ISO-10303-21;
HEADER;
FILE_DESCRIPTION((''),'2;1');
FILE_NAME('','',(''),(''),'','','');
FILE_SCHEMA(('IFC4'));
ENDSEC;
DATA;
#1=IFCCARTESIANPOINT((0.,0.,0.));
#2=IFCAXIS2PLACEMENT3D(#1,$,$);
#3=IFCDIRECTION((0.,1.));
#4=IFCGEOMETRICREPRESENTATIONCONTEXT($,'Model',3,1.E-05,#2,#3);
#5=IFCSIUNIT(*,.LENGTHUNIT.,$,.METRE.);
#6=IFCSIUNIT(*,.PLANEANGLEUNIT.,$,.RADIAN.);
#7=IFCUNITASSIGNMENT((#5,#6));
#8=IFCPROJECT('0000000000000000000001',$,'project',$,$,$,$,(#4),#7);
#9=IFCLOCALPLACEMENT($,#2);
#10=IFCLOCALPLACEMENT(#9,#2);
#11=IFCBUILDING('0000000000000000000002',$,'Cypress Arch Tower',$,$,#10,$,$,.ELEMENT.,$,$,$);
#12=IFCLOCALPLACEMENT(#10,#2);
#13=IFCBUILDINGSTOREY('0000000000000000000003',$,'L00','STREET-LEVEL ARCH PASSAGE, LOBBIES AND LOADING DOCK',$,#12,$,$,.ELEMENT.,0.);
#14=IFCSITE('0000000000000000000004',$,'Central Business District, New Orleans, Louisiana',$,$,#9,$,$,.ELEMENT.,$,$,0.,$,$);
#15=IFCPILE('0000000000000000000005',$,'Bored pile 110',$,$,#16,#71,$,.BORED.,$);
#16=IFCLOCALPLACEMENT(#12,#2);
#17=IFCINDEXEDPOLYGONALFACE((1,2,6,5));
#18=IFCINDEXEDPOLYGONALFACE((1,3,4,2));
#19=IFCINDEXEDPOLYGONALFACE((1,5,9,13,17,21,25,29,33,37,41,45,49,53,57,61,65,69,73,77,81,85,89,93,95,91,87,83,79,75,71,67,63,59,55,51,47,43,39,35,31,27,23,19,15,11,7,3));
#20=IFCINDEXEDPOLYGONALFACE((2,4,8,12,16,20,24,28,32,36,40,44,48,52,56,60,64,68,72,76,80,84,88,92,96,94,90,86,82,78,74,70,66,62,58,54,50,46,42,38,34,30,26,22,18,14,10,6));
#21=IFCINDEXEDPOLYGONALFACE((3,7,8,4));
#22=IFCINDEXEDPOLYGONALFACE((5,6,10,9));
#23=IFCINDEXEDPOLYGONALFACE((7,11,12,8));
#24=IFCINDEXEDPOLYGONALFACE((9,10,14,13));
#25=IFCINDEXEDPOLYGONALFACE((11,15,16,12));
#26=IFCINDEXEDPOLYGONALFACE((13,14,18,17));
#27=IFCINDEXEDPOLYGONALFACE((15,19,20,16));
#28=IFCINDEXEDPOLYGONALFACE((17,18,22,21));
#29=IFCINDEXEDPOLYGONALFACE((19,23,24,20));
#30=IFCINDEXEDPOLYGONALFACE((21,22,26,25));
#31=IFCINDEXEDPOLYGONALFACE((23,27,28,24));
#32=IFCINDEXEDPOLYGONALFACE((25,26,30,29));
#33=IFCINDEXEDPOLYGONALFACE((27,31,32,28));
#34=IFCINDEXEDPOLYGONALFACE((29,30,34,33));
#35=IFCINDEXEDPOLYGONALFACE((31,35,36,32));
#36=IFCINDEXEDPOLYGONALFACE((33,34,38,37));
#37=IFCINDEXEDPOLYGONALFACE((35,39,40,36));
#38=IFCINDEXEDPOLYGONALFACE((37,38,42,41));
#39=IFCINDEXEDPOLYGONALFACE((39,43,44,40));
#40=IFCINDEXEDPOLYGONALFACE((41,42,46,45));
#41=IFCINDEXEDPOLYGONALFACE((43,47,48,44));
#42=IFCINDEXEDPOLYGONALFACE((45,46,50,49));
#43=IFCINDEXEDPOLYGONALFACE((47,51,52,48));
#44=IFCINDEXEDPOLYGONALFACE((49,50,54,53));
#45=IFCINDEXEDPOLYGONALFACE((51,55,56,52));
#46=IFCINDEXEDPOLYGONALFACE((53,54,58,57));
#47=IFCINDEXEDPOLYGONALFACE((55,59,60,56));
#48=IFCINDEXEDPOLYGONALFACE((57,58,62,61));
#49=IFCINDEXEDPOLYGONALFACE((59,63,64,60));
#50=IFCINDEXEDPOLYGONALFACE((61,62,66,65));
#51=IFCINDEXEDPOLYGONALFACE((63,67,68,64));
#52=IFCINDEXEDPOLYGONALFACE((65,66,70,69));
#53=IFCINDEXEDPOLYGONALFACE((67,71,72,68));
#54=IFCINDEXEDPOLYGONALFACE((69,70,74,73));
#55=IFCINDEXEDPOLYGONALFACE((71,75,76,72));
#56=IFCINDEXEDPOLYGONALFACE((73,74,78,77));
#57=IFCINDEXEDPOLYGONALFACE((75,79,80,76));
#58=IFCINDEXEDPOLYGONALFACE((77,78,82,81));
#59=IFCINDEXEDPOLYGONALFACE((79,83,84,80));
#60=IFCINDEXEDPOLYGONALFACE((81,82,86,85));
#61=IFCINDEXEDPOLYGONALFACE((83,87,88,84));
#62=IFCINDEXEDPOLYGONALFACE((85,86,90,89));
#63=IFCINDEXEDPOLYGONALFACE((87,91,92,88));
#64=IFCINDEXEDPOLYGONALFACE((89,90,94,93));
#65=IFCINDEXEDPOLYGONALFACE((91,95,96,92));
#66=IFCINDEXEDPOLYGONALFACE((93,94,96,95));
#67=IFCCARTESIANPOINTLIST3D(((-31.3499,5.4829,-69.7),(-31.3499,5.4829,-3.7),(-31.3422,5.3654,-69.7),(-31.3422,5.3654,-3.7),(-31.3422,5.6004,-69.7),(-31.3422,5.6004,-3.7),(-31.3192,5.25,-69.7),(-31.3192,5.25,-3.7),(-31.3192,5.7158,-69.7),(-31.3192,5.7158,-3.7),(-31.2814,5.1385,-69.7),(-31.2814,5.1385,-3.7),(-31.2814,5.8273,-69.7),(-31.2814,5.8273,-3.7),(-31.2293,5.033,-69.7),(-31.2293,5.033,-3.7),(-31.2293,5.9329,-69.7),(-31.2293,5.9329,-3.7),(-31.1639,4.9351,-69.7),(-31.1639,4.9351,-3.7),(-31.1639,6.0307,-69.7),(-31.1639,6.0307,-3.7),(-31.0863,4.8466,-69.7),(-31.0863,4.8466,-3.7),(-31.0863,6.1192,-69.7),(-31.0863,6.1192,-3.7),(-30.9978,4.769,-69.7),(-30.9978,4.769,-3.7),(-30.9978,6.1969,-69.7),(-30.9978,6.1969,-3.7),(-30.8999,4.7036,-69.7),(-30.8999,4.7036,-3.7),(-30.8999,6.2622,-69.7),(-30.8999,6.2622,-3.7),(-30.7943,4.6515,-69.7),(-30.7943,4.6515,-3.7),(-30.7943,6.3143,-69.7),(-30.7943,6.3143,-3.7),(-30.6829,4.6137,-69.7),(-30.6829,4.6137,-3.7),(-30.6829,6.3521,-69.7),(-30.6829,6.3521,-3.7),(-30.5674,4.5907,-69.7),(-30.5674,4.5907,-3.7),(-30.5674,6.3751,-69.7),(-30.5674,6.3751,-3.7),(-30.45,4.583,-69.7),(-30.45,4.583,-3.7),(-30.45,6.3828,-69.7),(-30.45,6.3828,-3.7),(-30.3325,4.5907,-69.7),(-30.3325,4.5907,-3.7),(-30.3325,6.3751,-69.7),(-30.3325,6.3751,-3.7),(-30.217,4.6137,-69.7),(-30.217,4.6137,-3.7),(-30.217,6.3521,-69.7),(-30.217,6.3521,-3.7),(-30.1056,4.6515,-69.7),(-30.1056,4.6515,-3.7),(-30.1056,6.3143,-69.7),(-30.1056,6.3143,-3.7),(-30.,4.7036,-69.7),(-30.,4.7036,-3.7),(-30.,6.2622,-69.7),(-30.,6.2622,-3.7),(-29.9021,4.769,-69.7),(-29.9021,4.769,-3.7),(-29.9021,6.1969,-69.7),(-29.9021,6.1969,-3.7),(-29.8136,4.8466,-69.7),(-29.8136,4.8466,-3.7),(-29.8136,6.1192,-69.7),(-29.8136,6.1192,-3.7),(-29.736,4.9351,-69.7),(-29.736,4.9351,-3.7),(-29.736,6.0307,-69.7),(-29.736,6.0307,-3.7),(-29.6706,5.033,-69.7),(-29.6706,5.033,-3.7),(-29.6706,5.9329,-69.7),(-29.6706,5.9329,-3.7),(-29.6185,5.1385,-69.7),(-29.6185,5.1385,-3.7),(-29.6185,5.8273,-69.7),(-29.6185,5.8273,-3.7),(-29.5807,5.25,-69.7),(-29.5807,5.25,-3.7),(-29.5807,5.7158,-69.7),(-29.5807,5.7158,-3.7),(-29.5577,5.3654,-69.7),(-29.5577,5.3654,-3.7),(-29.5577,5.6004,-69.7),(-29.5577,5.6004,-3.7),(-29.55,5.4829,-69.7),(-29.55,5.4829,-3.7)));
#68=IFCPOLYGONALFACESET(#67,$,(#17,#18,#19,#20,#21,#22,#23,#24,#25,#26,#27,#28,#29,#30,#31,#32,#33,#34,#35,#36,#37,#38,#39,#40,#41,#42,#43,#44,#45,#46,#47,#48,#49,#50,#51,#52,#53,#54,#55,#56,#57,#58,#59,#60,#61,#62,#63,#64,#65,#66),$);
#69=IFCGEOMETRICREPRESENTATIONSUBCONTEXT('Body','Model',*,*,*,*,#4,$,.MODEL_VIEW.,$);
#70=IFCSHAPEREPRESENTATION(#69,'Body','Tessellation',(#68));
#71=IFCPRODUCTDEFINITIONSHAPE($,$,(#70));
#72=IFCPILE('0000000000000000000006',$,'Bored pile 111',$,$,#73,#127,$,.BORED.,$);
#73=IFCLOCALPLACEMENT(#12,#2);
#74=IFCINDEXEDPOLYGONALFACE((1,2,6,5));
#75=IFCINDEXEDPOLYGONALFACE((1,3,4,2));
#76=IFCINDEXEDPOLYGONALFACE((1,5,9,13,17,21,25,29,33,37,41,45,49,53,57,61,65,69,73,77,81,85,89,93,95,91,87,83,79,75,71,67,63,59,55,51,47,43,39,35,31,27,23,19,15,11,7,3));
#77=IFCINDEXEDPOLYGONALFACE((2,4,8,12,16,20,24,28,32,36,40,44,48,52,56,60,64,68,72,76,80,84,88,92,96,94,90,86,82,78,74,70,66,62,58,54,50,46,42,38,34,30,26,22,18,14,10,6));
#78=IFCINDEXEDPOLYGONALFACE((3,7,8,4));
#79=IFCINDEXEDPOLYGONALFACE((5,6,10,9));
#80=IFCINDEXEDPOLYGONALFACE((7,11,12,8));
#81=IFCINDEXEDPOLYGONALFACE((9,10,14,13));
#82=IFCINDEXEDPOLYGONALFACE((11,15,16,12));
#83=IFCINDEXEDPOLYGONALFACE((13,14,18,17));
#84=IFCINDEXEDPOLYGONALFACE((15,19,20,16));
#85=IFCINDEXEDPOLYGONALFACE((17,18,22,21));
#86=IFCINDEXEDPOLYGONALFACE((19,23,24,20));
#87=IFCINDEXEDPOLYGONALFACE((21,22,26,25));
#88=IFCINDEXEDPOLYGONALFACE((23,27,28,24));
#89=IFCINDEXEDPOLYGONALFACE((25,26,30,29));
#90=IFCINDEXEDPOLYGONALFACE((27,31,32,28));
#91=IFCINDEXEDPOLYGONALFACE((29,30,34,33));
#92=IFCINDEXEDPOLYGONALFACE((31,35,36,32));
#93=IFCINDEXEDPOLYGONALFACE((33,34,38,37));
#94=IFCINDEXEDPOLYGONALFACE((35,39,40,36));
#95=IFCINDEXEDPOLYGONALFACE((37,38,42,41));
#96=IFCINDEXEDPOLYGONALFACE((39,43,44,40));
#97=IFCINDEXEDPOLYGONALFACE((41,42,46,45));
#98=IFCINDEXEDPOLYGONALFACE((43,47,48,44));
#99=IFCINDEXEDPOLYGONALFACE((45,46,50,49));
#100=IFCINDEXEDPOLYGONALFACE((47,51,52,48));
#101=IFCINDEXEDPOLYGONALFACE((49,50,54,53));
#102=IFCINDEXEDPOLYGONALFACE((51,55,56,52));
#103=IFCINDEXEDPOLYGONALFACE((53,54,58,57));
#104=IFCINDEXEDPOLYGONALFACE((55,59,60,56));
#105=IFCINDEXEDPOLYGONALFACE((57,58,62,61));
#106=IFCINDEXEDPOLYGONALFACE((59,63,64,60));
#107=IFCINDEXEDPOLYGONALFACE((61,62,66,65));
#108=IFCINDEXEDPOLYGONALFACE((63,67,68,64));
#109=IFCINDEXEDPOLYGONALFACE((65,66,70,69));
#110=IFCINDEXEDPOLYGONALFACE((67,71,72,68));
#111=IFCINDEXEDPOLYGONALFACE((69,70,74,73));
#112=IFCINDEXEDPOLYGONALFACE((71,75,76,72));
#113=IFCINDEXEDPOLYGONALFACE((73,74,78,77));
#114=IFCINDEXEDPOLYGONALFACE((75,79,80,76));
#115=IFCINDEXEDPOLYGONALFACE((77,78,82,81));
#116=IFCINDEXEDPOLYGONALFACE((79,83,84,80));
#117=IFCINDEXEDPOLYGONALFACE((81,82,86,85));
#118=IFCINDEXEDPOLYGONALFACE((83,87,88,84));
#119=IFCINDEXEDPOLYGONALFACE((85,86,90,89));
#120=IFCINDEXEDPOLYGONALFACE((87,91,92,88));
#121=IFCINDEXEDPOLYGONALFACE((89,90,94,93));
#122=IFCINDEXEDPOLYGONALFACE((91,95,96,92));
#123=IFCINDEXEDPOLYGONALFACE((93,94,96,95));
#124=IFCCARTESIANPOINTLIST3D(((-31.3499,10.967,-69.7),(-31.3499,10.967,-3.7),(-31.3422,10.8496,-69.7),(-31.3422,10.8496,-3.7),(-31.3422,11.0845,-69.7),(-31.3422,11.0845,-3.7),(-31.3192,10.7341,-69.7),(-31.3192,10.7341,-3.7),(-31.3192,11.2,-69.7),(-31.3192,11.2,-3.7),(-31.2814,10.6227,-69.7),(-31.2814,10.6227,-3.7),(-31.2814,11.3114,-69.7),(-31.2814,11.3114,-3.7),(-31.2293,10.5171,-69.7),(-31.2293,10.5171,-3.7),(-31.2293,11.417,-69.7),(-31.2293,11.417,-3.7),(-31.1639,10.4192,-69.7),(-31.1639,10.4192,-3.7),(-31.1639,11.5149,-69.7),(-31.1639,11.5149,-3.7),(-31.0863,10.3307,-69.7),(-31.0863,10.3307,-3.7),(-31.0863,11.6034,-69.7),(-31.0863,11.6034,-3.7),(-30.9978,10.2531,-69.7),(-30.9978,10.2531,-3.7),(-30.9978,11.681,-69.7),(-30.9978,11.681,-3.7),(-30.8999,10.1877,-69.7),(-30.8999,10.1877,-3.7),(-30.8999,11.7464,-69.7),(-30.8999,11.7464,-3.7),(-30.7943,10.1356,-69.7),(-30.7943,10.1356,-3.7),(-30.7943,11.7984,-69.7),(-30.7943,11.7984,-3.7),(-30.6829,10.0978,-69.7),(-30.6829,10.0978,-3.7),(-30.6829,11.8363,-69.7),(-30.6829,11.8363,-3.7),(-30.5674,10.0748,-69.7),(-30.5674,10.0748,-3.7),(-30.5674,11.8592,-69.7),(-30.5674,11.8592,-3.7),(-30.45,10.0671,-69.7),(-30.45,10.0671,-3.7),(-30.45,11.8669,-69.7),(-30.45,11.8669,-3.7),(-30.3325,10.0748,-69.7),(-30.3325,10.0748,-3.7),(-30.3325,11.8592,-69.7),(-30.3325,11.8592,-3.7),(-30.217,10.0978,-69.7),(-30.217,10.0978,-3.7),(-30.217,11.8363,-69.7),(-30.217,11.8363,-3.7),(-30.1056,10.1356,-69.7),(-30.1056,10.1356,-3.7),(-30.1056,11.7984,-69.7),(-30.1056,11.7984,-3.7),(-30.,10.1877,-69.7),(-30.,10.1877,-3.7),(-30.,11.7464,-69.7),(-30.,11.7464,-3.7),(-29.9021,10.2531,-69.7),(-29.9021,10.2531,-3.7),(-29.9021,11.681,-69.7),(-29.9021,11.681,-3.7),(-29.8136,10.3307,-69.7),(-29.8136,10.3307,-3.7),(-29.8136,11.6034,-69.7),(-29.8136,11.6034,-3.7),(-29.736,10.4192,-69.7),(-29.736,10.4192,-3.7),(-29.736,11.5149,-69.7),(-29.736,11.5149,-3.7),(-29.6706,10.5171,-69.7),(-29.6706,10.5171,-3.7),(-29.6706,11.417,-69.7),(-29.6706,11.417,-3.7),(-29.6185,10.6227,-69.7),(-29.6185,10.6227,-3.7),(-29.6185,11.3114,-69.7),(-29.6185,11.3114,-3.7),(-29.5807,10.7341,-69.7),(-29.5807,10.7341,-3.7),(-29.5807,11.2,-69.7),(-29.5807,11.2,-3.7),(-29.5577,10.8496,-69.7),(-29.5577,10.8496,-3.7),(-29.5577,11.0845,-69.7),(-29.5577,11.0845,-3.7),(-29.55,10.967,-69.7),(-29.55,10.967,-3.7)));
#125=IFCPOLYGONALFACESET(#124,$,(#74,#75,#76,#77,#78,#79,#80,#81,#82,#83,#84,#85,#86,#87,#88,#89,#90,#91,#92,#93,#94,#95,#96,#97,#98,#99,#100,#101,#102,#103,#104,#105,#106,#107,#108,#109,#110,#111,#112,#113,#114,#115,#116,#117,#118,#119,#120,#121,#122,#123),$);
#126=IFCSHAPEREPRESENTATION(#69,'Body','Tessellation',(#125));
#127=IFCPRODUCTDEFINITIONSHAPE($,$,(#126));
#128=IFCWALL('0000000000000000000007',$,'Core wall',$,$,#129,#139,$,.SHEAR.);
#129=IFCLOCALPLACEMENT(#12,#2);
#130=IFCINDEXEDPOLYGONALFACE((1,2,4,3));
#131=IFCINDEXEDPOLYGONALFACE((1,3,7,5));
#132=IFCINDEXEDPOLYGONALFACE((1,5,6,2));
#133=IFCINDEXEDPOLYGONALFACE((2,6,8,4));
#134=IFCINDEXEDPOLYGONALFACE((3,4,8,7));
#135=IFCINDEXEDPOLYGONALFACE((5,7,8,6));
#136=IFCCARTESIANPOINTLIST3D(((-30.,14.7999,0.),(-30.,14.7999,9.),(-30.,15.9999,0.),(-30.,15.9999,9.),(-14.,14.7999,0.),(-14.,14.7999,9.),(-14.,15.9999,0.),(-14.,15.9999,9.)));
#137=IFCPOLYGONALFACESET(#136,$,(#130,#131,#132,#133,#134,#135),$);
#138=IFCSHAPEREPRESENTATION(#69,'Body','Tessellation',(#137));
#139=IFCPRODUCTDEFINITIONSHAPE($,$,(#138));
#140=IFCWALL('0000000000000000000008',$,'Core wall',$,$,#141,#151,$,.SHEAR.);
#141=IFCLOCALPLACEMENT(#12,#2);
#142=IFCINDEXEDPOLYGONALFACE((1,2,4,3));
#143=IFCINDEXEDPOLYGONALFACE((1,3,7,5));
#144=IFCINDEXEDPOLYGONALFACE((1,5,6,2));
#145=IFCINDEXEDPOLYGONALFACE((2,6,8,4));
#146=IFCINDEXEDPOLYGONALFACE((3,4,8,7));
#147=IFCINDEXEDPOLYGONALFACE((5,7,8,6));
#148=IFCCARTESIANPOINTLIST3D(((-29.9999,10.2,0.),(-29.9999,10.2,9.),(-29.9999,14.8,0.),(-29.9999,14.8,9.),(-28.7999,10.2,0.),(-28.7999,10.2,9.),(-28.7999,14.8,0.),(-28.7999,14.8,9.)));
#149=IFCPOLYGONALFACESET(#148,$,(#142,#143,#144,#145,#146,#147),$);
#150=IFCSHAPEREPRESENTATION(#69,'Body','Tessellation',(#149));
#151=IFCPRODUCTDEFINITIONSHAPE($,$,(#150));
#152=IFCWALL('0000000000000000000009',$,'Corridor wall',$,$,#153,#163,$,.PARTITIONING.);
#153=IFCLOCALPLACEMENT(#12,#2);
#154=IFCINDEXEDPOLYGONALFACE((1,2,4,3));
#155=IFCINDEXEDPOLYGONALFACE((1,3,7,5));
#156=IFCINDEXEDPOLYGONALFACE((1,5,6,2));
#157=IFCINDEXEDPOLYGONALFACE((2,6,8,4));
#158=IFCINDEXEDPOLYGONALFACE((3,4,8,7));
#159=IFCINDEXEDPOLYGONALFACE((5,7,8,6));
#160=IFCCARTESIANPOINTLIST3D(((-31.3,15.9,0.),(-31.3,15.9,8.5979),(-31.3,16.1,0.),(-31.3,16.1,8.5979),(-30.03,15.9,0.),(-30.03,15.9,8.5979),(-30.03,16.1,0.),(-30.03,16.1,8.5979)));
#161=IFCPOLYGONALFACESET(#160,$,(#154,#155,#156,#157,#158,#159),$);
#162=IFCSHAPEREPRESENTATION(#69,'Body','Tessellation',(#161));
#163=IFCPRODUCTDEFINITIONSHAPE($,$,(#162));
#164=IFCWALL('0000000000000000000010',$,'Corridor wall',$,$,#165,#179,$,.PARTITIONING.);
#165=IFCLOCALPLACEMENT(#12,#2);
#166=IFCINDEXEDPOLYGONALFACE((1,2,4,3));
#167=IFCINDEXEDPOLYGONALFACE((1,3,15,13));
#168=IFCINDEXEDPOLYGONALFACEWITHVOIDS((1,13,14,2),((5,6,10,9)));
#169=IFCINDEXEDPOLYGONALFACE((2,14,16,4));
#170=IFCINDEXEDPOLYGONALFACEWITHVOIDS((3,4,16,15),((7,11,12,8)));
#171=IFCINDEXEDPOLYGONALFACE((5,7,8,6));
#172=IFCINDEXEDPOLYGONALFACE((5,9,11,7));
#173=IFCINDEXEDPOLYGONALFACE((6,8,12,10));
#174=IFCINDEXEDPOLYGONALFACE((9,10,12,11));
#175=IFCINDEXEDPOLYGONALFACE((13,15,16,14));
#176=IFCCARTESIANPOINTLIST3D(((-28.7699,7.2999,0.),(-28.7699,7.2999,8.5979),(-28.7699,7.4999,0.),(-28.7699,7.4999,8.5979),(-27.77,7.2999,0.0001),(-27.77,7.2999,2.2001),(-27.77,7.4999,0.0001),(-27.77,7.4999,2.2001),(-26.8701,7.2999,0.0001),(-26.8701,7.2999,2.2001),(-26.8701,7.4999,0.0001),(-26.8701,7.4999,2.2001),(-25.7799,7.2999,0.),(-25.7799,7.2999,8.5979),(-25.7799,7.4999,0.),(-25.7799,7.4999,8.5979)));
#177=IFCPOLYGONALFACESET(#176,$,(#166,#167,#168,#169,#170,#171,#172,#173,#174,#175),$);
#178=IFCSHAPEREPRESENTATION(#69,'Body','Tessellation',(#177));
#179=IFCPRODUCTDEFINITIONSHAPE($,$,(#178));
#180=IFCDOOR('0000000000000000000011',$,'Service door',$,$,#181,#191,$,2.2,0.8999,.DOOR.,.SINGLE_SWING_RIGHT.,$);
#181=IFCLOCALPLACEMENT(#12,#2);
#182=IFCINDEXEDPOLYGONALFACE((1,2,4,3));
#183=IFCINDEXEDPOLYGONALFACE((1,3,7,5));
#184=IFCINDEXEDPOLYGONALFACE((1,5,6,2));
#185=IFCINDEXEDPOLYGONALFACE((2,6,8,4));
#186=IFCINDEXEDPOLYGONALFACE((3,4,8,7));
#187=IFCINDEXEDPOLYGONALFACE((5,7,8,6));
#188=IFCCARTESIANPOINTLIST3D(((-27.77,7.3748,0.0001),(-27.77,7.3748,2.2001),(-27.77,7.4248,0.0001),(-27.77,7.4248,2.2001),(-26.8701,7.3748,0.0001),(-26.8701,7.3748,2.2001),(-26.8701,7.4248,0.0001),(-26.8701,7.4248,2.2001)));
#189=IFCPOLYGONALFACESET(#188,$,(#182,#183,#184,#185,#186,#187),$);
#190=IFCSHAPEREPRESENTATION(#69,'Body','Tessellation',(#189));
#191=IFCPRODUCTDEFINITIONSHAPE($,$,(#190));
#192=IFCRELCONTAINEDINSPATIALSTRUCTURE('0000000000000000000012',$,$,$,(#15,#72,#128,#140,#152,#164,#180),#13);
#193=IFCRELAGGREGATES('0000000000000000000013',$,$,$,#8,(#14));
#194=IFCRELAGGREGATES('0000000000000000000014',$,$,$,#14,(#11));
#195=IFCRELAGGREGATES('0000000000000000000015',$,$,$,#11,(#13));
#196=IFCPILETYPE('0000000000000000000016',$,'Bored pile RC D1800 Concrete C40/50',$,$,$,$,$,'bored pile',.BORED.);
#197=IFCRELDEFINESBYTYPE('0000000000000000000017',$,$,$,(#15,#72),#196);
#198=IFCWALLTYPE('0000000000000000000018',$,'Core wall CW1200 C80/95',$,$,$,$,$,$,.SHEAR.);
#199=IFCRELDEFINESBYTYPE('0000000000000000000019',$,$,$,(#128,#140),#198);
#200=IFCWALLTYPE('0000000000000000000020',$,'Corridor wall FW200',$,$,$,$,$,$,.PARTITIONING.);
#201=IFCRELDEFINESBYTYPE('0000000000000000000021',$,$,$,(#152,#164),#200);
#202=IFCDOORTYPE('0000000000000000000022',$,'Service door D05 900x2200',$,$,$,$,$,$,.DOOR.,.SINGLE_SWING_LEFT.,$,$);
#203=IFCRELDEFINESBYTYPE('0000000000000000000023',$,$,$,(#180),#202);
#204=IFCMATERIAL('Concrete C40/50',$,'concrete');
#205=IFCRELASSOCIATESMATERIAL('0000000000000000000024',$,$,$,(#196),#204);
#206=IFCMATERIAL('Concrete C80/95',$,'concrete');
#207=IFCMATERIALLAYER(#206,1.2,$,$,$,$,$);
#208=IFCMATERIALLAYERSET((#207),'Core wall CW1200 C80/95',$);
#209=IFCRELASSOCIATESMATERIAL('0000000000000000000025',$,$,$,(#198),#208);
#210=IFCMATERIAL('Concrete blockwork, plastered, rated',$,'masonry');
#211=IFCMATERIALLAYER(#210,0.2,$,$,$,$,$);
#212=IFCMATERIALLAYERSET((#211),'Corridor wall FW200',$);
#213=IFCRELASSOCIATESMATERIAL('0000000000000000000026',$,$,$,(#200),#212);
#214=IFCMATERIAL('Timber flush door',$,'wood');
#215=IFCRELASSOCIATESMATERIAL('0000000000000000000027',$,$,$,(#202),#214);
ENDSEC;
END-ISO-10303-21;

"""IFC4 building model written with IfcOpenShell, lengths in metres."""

from ifc_helpers import new_model, si_unit, direction, frame, frame_2d, origin, origin_2d, place, context, subcontext, project, spatial, rectangle, circle, extrude, material, layer, layer_set, material_profile, profile_set, type_object, element, fill, save


model = new_model("IFC4")

# Units and contexts
model_context = context("Model", 3, precision=1e-05, world=origin(), true_north=direction((0.0, 1.0)))
body_context = subcontext(model_context, "Body", "Model", "MODEL_VIEW")
ifc_project = project(units=[si_unit("LENGTHUNIT", "METRE"), si_unit("PLANEANGLEUNIT", "RADIAN")], contexts=[model_context])

# Site, building, storey
site_placement = place(None, origin())
site = spatial("IfcSite", under=ifc_project, at=site_placement, Name="Central Business District, New Orleans, Louisiana", CompositionType="ELEMENT", RefElevation=0.0)
building_placement = place(site_placement, origin())
building = spatial("IfcBuilding", under=site, at=building_placement, Name="Cypress Arch Tower", CompositionType="ELEMENT")
storey_placement = place(building_placement, origin())
storey = spatial("IfcBuildingStorey", under=building, at=storey_placement, Name="L00", Description="STREET-LEVEL ARCH PASSAGE, LOBBIES AND LOADING DOCK", CompositionType="ELEMENT", Elevation=0.0)

# Piles
ifc_material_1 = material(Name="Concrete C40/50", Category="concrete")
ifc_material_profile = material_profile(ifc_material_1, circle(Radius=0.8999, at=origin_2d()), Name="RC D1800")
ifc_profile_set = profile_set([ifc_material_profile], Name="Concrete C40/50")
pile_type = type_object("IfcPileType", Name="Bored pile RC D1800 Concrete C40/50", ElementType="bored pile", PredefinedType="BORED", material=ifc_profile_set)
for number, where, z_axis, x_axis, name in (
    (1, (-30.45, 5.4829, -3.7), (0.0, 0.0, -1.0), (1.0, 0.0, 0.0), "Bored pile 110"),
    (2, (-30.45, 10.967, -3.7), (0.0, 0.0, -1.0), (1.0, 0.0, 0.0), "Bored pile 111"),
):
    element("IfcPile", number, at=place(storey_placement, frame(where, z_axis=z_axis, x_axis=x_axis)), inside=storey, type_object=pile_type, Name=name, PredefinedType="BORED", context=body_context, shape_type="SweptSolid", body=[
        extrude(circle(Radius=0.8999, at=origin_2d()), origin(), (0.0, 0.0, 1.0), 66.0),
    ])

# Walls
ifc_material_2 = material(Name="Concrete C80/95", Category="concrete")
ifc_layer_1 = layer(ifc_material_2, 1.2)
ifc_layer_set_1 = layer_set([ifc_layer_1], Name="Core wall CW1200 C80/95")
wall_type_1 = type_object("IfcWallType", Name="Core wall CW1200 C80/95", PredefinedType="SHEAR", material=ifc_layer_set_1)
wall_1_placement = place(storey_placement, frame((-30.0, 15.3999, 0.0), z_axis=(0.0, 0.0, 1.0), x_axis=(1.0, 0.0, 0.0)))
element("IfcWall", 3, at=wall_1_placement, inside=storey, type_object=wall_type_1, Name="Core wall", PredefinedType="SHEAR", context=body_context, shape_type="SweptSolid", body=[
    extrude(rectangle(XDim=16.0, YDim=1.2, at=frame_2d((8.0, 0.0))), origin(), (0.0, 0.0, 1.0), 9.0),
])
wall_2_placement = place(storey_placement, frame((-29.3999, 10.2, 0.0), z_axis=(0.0, 0.0, 1.0), x_axis=(0.0, 1.0, 0.0)))
element("IfcWall", 4, at=wall_2_placement, inside=storey, type_object=wall_type_1, Name="Core wall", PredefinedType="SHEAR", context=body_context, shape_type="SweptSolid", body=[
    extrude(rectangle(XDim=4.6001, YDim=1.2, at=frame_2d((2.3, 0.0))), origin(), (0.0, 0.0, 1.0), 9.0),
])
ifc_material_3 = material(Name="Concrete blockwork, plastered, rated", Category="masonry")
ifc_layer_2 = layer(ifc_material_3, 0.2)
ifc_layer_set_2 = layer_set([ifc_layer_2], Name="Corridor wall FW200")
wall_type_2 = type_object("IfcWallType", Name="Corridor wall FW200", PredefinedType="PARTITIONING", material=ifc_layer_set_2)
wall_3_placement = place(storey_placement, frame((-31.3, 16.0, 0.0), z_axis=(0.0, 0.0, 1.0), x_axis=(1.0, 0.0, 0.0)))
element("IfcWall", 5, at=wall_3_placement, inside=storey, type_object=wall_type_2, Name="Corridor wall", PredefinedType="PARTITIONING", context=body_context, shape_type="SweptSolid", body=[
    extrude(rectangle(XDim=1.27, YDim=0.2, at=frame_2d((0.635, 0.0))), origin(), (0.0, 0.0, 1.0), 8.5979),
])

# Wall, opening, door
wall_4_placement = place(storey_placement, frame((-28.77, 7.3999, 0.0), z_axis=(0.0, 0.0, 1.0), x_axis=(1.0, 0.0, 0.0)))
wall_4 = element("IfcWall", 6, at=wall_4_placement, inside=storey, type_object=wall_type_2, Name="Corridor wall", PredefinedType="PARTITIONING", context=body_context, shape_type="SweptSolid", body=[
    extrude(rectangle(XDim=2.99, YDim=0.2, at=frame_2d((1.4951, 0.0))), origin(), (0.0, 0.0, 1.0), 8.5979),
])
opening_1_placement = place(wall_4_placement, frame((1.0, 0.0, 0.0)))
opening_1 = element("IfcOpeningElement", 7, at=opening_1_placement, cuts=wall_4, PredefinedType="OPENING", context=body_context, shape_type="SweptSolid", body=[
    extrude(rectangle(XDim=0.8999, YDim=2.2, at=frame_2d((0.45, 1.1001))), frame((0.0, 0.1099, 0.0), z_axis=(0.0, -1.0, 0.0), x_axis=(1.0, 0.0, 0.0)), (0.0, 0.0, 1.0), 0.22),
])
ifc_material_4 = material(Name="Timber flush door", Category="wood")
door_type_1 = type_object("IfcDoorType", Name="Service door D05 900x2200", OperationType="SINGLE_SWING_LEFT", PredefinedType="DOOR", material=ifc_material_4)
door_1_placement = place(opening_1_placement, origin())
door_1 = element("IfcDoor", 8, at=door_1_placement, inside=storey, type_object=door_type_1, Name="Service door", OperationType="SINGLE_SWING_RIGHT", OverallHeight=2.2, OverallWidth=0.8999, PredefinedType="DOOR", context=body_context, shape_type="SweptSolid", body=[
    extrude(rectangle(XDim=0.8999, YDim=2.2, at=frame_2d((0.45, 1.1001))), frame((0.0, 0.0249, 0.0), z_axis=(0.0, -1.0, 0.0), x_axis=(1.0, 0.0, 0.0)), (0.0, 0.0, 1.0), 0.05),
])
fill(opening_1, door_1)

save(model, "model.ifc")
